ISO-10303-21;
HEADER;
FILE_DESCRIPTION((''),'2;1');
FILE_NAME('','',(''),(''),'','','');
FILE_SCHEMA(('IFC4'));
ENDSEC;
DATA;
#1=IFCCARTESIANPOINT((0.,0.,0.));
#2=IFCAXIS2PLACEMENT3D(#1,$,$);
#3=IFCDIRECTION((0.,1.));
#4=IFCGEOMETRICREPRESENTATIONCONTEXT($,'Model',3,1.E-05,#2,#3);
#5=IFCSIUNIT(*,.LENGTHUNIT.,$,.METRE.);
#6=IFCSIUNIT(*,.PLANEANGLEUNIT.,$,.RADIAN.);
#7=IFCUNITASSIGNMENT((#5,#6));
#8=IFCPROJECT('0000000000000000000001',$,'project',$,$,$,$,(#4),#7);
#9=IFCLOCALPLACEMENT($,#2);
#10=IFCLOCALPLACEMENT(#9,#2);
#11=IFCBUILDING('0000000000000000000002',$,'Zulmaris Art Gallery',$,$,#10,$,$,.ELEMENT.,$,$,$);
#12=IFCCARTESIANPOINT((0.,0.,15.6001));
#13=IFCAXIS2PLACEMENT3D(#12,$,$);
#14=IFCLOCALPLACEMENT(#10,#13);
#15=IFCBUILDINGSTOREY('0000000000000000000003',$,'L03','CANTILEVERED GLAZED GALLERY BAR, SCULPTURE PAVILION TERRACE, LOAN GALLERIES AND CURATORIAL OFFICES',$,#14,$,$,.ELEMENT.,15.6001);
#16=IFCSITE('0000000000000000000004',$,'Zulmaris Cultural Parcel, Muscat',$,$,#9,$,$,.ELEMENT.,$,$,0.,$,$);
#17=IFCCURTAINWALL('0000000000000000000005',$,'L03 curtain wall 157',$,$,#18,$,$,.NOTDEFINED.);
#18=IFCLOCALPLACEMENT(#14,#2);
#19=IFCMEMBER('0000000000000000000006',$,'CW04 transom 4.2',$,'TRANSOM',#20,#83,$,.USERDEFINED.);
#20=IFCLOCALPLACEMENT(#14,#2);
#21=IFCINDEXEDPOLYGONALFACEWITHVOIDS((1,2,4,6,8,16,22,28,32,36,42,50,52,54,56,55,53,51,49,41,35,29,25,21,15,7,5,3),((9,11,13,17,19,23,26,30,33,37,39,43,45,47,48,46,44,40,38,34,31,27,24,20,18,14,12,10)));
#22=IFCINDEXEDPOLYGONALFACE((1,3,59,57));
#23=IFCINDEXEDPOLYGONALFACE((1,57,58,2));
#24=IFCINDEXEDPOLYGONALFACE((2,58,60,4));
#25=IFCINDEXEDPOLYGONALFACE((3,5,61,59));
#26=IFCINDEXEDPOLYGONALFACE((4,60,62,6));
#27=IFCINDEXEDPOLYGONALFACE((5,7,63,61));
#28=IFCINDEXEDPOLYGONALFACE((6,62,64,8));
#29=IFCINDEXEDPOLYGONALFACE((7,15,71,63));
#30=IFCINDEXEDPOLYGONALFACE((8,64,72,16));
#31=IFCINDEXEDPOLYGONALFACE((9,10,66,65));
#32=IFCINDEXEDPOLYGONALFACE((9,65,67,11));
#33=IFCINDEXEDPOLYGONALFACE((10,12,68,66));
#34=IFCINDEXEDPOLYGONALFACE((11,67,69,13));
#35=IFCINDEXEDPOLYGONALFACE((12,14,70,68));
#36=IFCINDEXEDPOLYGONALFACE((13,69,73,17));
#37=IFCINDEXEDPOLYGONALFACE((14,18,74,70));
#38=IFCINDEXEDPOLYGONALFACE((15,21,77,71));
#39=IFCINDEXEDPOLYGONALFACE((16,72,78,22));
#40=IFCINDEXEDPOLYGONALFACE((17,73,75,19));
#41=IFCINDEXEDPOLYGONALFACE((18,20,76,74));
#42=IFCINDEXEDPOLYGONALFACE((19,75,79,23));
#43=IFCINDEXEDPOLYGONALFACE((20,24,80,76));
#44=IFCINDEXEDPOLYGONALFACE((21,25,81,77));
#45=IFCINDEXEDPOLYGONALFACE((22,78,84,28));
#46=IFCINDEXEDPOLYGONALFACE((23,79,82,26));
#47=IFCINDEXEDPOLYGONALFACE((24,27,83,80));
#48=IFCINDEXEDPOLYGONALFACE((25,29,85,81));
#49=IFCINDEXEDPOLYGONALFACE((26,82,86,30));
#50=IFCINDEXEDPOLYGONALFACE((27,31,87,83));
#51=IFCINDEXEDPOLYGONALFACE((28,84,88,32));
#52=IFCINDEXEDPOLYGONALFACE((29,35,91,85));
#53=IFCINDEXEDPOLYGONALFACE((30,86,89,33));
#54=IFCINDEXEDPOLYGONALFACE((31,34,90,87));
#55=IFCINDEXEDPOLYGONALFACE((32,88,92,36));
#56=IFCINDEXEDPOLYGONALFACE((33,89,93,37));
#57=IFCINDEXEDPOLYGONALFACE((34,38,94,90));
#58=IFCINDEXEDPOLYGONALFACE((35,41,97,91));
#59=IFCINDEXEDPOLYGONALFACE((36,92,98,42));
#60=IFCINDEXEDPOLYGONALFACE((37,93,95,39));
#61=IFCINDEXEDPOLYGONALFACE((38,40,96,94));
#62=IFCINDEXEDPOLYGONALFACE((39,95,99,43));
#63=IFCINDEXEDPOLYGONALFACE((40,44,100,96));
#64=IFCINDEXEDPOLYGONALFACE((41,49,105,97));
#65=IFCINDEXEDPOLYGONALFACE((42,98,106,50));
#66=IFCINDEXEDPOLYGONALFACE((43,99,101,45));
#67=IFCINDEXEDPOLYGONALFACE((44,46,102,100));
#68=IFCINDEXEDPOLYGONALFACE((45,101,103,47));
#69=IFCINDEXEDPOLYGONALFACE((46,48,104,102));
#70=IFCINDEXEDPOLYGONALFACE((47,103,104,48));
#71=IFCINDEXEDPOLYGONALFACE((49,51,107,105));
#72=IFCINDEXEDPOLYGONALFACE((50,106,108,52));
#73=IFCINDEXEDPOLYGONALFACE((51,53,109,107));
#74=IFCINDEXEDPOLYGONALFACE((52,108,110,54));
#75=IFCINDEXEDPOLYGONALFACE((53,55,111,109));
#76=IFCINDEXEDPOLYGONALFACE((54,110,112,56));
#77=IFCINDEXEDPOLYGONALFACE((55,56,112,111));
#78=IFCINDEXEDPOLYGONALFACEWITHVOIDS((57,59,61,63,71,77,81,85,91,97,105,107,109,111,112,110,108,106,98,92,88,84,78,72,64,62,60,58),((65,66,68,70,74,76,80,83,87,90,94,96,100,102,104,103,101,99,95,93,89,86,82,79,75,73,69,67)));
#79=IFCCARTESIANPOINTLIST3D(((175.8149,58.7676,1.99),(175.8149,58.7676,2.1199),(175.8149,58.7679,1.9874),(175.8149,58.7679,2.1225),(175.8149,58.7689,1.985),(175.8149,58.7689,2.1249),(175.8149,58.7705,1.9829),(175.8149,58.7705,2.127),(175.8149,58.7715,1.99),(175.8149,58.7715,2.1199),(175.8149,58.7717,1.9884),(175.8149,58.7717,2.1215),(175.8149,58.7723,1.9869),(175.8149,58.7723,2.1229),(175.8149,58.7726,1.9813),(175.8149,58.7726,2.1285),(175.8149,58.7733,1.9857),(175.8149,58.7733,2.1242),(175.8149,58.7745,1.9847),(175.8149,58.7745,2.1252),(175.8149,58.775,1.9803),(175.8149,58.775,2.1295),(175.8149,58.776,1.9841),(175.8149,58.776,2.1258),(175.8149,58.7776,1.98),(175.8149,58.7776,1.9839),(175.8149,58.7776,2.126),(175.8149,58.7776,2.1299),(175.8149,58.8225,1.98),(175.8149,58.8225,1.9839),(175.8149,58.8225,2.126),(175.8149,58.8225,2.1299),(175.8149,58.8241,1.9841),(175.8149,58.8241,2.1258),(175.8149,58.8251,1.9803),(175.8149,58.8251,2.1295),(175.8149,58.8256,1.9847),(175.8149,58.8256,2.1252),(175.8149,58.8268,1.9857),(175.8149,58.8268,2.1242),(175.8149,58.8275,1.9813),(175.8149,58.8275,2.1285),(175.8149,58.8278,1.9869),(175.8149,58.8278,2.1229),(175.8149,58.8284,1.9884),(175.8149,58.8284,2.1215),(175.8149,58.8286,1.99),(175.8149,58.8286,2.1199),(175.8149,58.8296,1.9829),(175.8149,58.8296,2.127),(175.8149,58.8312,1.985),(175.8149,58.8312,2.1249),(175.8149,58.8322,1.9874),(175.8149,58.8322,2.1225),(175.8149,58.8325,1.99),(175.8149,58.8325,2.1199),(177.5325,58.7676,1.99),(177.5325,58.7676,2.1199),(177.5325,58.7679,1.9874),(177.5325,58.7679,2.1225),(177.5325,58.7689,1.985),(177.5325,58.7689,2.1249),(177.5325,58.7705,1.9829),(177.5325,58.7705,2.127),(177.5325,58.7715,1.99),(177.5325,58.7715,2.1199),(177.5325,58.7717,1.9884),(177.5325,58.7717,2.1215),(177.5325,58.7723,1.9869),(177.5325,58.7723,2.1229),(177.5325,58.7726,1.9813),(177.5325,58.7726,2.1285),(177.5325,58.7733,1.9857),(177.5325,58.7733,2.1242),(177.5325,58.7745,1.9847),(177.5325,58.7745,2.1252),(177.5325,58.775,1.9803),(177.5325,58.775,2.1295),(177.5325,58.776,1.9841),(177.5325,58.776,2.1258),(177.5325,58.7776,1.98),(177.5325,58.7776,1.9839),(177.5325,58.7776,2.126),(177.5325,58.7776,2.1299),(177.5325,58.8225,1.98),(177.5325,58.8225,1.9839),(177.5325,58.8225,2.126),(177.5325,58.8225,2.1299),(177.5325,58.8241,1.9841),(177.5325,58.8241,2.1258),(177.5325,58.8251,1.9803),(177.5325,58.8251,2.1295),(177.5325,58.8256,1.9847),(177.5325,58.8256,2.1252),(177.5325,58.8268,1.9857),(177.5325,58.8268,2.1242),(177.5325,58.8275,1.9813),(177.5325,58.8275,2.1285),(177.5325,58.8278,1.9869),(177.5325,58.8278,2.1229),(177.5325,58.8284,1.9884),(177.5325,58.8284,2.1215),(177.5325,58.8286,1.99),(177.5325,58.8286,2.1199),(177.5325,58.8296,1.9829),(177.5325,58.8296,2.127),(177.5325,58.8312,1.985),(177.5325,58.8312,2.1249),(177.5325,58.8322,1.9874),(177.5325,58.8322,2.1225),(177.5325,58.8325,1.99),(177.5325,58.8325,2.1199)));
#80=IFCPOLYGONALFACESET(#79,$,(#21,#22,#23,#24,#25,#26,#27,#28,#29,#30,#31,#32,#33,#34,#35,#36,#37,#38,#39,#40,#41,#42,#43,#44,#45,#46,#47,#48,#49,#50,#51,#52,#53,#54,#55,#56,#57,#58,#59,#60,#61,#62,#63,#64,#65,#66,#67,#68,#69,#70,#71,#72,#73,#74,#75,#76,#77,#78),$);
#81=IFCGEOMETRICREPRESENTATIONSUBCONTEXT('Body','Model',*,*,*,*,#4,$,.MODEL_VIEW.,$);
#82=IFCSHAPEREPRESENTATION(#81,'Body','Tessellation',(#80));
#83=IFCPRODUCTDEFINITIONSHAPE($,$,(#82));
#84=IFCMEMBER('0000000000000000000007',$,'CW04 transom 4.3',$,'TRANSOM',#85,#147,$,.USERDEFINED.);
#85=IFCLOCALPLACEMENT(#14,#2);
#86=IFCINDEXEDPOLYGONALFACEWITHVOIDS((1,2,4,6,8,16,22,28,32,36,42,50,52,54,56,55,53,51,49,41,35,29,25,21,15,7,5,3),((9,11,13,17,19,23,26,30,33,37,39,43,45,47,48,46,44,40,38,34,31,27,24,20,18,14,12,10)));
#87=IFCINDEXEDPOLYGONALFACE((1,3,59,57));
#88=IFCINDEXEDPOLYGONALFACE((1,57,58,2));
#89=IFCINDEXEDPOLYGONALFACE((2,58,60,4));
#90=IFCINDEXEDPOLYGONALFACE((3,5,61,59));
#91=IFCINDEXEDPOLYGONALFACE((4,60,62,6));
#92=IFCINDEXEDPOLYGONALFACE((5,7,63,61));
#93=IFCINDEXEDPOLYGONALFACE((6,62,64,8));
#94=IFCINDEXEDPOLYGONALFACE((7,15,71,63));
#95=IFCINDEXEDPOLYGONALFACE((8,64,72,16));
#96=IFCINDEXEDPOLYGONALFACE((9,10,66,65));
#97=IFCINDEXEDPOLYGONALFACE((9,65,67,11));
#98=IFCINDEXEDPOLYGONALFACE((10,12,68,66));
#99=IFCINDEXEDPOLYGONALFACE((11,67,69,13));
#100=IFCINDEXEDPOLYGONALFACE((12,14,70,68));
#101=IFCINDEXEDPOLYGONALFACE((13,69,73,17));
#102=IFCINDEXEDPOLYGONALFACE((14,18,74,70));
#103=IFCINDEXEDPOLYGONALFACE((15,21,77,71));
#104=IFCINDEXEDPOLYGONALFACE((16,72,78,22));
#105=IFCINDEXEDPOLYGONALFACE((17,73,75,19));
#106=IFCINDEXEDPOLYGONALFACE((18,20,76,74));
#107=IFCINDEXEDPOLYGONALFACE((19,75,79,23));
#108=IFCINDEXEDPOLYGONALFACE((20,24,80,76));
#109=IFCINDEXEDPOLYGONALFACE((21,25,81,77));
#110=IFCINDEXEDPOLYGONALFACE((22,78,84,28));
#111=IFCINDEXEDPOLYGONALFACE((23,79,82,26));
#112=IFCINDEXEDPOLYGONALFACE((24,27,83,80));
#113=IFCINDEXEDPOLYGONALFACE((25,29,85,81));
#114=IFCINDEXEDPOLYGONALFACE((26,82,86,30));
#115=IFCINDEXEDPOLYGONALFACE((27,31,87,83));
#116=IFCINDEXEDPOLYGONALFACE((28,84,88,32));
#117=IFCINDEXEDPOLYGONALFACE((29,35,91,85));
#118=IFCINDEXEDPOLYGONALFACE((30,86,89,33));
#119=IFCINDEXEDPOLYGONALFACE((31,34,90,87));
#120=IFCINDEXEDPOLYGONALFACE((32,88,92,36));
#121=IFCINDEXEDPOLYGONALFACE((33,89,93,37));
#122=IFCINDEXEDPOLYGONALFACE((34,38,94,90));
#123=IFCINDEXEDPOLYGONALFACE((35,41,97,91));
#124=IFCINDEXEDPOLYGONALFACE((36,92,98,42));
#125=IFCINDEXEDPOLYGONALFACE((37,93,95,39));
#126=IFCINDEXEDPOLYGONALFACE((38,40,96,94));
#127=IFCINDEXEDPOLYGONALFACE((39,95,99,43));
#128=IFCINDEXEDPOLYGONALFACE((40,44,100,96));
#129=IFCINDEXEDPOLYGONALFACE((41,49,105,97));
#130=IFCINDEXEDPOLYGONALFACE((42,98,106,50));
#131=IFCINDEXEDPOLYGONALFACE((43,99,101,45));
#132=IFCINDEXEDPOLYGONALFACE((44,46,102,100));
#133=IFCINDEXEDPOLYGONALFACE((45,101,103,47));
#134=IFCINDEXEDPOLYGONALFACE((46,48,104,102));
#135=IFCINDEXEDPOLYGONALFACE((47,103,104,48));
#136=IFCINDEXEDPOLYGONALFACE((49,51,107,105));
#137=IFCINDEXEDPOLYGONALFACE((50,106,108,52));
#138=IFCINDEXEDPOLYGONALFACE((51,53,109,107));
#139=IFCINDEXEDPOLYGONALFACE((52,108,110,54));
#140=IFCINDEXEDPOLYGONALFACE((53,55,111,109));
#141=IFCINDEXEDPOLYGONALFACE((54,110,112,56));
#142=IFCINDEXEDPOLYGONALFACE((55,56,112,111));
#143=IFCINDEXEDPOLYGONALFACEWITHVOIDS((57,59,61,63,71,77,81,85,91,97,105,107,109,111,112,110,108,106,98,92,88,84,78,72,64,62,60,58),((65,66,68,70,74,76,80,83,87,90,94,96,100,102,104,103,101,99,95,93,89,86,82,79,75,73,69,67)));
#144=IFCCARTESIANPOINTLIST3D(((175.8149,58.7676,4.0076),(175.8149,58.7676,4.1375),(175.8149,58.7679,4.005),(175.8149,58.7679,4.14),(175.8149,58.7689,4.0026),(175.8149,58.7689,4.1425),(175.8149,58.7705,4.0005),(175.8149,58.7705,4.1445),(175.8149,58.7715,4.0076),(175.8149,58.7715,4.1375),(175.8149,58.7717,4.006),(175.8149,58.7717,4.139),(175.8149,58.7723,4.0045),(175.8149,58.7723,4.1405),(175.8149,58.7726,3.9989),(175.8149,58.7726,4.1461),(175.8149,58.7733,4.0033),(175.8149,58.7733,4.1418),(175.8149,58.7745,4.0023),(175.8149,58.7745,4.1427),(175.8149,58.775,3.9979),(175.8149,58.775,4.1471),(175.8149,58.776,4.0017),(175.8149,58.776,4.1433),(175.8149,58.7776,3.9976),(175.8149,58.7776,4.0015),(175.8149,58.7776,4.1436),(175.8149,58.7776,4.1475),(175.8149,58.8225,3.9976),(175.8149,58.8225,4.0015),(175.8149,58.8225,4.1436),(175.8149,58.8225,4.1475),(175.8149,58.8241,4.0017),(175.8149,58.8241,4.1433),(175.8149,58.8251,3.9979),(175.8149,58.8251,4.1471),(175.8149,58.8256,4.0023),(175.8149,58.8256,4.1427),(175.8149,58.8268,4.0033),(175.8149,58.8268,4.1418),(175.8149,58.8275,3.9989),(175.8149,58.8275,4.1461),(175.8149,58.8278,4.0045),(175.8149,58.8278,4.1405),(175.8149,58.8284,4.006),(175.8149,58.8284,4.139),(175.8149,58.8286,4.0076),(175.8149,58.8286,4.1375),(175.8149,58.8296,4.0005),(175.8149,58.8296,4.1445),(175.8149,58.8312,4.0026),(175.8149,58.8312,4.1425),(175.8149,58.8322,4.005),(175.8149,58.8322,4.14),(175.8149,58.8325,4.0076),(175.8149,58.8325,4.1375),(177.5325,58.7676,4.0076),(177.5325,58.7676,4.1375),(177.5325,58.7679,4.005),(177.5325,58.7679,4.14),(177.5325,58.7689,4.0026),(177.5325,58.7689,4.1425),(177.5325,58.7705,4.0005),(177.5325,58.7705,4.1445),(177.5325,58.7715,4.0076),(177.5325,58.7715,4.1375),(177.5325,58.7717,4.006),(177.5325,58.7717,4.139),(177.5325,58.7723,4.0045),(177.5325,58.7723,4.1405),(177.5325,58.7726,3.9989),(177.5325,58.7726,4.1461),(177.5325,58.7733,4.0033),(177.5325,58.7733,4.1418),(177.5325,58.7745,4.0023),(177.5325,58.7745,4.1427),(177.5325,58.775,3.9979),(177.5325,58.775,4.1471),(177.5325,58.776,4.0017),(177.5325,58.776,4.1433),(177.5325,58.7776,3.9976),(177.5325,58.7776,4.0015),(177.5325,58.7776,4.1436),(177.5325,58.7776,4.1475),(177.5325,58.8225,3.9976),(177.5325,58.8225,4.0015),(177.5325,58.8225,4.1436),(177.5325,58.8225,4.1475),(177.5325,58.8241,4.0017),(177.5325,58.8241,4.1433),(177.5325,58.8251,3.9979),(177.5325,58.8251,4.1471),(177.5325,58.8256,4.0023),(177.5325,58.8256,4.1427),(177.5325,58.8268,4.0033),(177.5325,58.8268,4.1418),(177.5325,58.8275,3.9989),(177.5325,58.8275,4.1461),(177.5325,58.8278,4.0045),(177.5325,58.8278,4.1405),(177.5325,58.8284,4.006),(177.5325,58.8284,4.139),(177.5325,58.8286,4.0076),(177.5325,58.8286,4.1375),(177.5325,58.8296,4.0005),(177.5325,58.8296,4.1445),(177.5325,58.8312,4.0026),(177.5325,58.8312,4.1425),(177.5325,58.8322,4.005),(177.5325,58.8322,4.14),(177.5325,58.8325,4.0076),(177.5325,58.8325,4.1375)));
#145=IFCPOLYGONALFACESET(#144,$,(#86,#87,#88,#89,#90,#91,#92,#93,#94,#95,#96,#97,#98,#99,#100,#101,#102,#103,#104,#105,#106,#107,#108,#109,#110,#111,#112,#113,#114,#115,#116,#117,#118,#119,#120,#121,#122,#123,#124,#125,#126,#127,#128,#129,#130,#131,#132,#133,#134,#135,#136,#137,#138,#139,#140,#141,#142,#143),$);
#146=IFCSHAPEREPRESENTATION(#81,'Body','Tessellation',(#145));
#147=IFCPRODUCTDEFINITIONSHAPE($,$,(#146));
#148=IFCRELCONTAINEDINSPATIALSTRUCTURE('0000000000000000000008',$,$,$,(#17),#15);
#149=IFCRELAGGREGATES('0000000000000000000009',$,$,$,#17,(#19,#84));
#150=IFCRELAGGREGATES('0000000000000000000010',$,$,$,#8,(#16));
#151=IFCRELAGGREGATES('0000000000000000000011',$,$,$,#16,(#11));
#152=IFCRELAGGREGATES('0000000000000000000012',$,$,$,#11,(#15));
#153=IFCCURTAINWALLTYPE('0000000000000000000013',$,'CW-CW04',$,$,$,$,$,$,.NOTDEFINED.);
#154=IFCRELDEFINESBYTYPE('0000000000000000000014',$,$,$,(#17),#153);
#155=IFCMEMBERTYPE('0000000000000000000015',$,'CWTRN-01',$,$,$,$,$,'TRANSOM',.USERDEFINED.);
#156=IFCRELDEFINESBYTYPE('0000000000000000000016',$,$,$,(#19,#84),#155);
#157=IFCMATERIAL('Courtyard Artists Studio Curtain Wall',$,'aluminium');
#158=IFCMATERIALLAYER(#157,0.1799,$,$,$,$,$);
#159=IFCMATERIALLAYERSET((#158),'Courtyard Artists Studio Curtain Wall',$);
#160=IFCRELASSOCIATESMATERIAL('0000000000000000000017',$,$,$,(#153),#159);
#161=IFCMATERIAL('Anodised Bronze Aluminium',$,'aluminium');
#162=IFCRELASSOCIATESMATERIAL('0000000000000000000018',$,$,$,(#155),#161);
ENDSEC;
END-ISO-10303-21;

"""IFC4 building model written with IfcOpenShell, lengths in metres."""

from ifc_helpers import new_model, si_unit, direction, frame, origin, origin_2d, place, context, subcontext, project, spatial, hollow_rectangle, extrude, material, layer, layer_set, material_profile, profile_set, type_object, element, aggregate, save


model = new_model("IFC4")

# Units and contexts
model_context = context("Model", 3, precision=1e-05, world=origin(), true_north=direction((0.0, 1.0)))
body_context = subcontext(model_context, "Body", "Model", "MODEL_VIEW")
ifc_project = project(units=[si_unit("LENGTHUNIT", "METRE"), si_unit("PLANEANGLEUNIT", "RADIAN")], contexts=[model_context])

# Site, building, storey
site_placement = place(None, origin())
site = spatial("IfcSite", under=ifc_project, at=site_placement, Name="Zulmaris Cultural Parcel, Muscat", CompositionType="ELEMENT", RefElevation=0.0)
building_placement = place(site_placement, origin())
building = spatial("IfcBuilding", under=site, at=building_placement, Name="Zulmaris Art Gallery", CompositionType="ELEMENT")
storey_placement = place(building_placement, frame((0.0, 0.0, 15.6001)))
storey = spatial("IfcBuildingStorey", under=building, at=storey_placement, Name="L03", Description="CANTILEVERED GLAZED GALLERY BAR, SCULPTURE PAVILION TERRACE, LOAN GALLERIES AND CURATORIAL OFFICES", CompositionType="ELEMENT", Elevation=15.6001)

# Shared definitions
ifc_material_1 = material(Name="Courtyard Artists Studio Curtain Wall", Category="aluminium")
ifc_layer_1 = layer(ifc_material_1, 0.1799)
ifc_layer_set_1 = layer_set([ifc_layer_1], Name="Courtyard Artists Studio Curtain Wall")
curtain_wall_type = type_object("IfcCurtainWallType", Name="CW-CW04", PredefinedType="NOTDEFINED", material=ifc_layer_set_1)
ifc_material_2 = material(Name="Anodised Bronze Aluminium", Category="aluminium")

# Curtain wall
curtain_wall_1_placement = place(storey_placement, origin())
curtain_wall_1 = element("IfcCurtainWall", 1, at=curtain_wall_1_placement, inside=storey, type_object=curtain_wall_type, Name="L03 curtain wall 157", PredefinedType="NOTDEFINED")

# Members
ifc_material_profile_1 = material_profile(ifc_material_2, hollow_rectangle(XDim=0.0649, YDim=0.1499, WallThickness=0.0039, InnerFilletRadius=0.0061, OuterFilletRadius=0.01, at=origin_2d()), Name="ALU 65x150x4")
ifc_profile_set_1 = profile_set([ifc_material_profile_1], Name="Anodised Bronze Aluminium")
member_type_1 = type_object("IfcMemberType", Name="CWTRN-01", ElementType="TRANSOM", PredefinedType="USERDEFINED", material=ifc_profile_set_1)
member_1_placement = place(storey_placement, frame((177.5325, 58.8, 2.0549), z_axis=(-1.0, 0.0, 0.0), x_axis=(0.0, -1.0, 0.0)))
member_1 = element("IfcMember", 2, at=member_1_placement, type_object=member_type_1, Name="CW04 transom 4.2", ObjectType="TRANSOM", PredefinedType="USERDEFINED", context=body_context, shape_type="SweptSolid", body=[
    extrude(hollow_rectangle(XDim=0.0649, YDim=0.1499, WallThickness=0.0039, InnerFilletRadius=0.0061, OuterFilletRadius=0.01, at=origin_2d()), origin(), (0.0, 0.0, 1.0), 1.7175),
])
member_2_placement = place(storey_placement, frame((177.5325, 58.8, 4.0725), z_axis=(-1.0, 0.0, 0.0), x_axis=(0.0, -1.0, 0.0)))
member_2 = element("IfcMember", 3, at=member_2_placement, type_object=member_type_1, Name="CW04 transom 4.3", ObjectType="TRANSOM", PredefinedType="USERDEFINED", context=body_context, shape_type="SweptSolid", body=[
    extrude(hollow_rectangle(XDim=0.0649, YDim=0.1499, WallThickness=0.0039, InnerFilletRadius=0.0061, OuterFilletRadius=0.01, at=origin_2d()), origin(), (0.0, 0.0, 1.0), 1.7175),
])

aggregate(curtain_wall_1, [member_1, member_2])

save(model, "model.ifc")
